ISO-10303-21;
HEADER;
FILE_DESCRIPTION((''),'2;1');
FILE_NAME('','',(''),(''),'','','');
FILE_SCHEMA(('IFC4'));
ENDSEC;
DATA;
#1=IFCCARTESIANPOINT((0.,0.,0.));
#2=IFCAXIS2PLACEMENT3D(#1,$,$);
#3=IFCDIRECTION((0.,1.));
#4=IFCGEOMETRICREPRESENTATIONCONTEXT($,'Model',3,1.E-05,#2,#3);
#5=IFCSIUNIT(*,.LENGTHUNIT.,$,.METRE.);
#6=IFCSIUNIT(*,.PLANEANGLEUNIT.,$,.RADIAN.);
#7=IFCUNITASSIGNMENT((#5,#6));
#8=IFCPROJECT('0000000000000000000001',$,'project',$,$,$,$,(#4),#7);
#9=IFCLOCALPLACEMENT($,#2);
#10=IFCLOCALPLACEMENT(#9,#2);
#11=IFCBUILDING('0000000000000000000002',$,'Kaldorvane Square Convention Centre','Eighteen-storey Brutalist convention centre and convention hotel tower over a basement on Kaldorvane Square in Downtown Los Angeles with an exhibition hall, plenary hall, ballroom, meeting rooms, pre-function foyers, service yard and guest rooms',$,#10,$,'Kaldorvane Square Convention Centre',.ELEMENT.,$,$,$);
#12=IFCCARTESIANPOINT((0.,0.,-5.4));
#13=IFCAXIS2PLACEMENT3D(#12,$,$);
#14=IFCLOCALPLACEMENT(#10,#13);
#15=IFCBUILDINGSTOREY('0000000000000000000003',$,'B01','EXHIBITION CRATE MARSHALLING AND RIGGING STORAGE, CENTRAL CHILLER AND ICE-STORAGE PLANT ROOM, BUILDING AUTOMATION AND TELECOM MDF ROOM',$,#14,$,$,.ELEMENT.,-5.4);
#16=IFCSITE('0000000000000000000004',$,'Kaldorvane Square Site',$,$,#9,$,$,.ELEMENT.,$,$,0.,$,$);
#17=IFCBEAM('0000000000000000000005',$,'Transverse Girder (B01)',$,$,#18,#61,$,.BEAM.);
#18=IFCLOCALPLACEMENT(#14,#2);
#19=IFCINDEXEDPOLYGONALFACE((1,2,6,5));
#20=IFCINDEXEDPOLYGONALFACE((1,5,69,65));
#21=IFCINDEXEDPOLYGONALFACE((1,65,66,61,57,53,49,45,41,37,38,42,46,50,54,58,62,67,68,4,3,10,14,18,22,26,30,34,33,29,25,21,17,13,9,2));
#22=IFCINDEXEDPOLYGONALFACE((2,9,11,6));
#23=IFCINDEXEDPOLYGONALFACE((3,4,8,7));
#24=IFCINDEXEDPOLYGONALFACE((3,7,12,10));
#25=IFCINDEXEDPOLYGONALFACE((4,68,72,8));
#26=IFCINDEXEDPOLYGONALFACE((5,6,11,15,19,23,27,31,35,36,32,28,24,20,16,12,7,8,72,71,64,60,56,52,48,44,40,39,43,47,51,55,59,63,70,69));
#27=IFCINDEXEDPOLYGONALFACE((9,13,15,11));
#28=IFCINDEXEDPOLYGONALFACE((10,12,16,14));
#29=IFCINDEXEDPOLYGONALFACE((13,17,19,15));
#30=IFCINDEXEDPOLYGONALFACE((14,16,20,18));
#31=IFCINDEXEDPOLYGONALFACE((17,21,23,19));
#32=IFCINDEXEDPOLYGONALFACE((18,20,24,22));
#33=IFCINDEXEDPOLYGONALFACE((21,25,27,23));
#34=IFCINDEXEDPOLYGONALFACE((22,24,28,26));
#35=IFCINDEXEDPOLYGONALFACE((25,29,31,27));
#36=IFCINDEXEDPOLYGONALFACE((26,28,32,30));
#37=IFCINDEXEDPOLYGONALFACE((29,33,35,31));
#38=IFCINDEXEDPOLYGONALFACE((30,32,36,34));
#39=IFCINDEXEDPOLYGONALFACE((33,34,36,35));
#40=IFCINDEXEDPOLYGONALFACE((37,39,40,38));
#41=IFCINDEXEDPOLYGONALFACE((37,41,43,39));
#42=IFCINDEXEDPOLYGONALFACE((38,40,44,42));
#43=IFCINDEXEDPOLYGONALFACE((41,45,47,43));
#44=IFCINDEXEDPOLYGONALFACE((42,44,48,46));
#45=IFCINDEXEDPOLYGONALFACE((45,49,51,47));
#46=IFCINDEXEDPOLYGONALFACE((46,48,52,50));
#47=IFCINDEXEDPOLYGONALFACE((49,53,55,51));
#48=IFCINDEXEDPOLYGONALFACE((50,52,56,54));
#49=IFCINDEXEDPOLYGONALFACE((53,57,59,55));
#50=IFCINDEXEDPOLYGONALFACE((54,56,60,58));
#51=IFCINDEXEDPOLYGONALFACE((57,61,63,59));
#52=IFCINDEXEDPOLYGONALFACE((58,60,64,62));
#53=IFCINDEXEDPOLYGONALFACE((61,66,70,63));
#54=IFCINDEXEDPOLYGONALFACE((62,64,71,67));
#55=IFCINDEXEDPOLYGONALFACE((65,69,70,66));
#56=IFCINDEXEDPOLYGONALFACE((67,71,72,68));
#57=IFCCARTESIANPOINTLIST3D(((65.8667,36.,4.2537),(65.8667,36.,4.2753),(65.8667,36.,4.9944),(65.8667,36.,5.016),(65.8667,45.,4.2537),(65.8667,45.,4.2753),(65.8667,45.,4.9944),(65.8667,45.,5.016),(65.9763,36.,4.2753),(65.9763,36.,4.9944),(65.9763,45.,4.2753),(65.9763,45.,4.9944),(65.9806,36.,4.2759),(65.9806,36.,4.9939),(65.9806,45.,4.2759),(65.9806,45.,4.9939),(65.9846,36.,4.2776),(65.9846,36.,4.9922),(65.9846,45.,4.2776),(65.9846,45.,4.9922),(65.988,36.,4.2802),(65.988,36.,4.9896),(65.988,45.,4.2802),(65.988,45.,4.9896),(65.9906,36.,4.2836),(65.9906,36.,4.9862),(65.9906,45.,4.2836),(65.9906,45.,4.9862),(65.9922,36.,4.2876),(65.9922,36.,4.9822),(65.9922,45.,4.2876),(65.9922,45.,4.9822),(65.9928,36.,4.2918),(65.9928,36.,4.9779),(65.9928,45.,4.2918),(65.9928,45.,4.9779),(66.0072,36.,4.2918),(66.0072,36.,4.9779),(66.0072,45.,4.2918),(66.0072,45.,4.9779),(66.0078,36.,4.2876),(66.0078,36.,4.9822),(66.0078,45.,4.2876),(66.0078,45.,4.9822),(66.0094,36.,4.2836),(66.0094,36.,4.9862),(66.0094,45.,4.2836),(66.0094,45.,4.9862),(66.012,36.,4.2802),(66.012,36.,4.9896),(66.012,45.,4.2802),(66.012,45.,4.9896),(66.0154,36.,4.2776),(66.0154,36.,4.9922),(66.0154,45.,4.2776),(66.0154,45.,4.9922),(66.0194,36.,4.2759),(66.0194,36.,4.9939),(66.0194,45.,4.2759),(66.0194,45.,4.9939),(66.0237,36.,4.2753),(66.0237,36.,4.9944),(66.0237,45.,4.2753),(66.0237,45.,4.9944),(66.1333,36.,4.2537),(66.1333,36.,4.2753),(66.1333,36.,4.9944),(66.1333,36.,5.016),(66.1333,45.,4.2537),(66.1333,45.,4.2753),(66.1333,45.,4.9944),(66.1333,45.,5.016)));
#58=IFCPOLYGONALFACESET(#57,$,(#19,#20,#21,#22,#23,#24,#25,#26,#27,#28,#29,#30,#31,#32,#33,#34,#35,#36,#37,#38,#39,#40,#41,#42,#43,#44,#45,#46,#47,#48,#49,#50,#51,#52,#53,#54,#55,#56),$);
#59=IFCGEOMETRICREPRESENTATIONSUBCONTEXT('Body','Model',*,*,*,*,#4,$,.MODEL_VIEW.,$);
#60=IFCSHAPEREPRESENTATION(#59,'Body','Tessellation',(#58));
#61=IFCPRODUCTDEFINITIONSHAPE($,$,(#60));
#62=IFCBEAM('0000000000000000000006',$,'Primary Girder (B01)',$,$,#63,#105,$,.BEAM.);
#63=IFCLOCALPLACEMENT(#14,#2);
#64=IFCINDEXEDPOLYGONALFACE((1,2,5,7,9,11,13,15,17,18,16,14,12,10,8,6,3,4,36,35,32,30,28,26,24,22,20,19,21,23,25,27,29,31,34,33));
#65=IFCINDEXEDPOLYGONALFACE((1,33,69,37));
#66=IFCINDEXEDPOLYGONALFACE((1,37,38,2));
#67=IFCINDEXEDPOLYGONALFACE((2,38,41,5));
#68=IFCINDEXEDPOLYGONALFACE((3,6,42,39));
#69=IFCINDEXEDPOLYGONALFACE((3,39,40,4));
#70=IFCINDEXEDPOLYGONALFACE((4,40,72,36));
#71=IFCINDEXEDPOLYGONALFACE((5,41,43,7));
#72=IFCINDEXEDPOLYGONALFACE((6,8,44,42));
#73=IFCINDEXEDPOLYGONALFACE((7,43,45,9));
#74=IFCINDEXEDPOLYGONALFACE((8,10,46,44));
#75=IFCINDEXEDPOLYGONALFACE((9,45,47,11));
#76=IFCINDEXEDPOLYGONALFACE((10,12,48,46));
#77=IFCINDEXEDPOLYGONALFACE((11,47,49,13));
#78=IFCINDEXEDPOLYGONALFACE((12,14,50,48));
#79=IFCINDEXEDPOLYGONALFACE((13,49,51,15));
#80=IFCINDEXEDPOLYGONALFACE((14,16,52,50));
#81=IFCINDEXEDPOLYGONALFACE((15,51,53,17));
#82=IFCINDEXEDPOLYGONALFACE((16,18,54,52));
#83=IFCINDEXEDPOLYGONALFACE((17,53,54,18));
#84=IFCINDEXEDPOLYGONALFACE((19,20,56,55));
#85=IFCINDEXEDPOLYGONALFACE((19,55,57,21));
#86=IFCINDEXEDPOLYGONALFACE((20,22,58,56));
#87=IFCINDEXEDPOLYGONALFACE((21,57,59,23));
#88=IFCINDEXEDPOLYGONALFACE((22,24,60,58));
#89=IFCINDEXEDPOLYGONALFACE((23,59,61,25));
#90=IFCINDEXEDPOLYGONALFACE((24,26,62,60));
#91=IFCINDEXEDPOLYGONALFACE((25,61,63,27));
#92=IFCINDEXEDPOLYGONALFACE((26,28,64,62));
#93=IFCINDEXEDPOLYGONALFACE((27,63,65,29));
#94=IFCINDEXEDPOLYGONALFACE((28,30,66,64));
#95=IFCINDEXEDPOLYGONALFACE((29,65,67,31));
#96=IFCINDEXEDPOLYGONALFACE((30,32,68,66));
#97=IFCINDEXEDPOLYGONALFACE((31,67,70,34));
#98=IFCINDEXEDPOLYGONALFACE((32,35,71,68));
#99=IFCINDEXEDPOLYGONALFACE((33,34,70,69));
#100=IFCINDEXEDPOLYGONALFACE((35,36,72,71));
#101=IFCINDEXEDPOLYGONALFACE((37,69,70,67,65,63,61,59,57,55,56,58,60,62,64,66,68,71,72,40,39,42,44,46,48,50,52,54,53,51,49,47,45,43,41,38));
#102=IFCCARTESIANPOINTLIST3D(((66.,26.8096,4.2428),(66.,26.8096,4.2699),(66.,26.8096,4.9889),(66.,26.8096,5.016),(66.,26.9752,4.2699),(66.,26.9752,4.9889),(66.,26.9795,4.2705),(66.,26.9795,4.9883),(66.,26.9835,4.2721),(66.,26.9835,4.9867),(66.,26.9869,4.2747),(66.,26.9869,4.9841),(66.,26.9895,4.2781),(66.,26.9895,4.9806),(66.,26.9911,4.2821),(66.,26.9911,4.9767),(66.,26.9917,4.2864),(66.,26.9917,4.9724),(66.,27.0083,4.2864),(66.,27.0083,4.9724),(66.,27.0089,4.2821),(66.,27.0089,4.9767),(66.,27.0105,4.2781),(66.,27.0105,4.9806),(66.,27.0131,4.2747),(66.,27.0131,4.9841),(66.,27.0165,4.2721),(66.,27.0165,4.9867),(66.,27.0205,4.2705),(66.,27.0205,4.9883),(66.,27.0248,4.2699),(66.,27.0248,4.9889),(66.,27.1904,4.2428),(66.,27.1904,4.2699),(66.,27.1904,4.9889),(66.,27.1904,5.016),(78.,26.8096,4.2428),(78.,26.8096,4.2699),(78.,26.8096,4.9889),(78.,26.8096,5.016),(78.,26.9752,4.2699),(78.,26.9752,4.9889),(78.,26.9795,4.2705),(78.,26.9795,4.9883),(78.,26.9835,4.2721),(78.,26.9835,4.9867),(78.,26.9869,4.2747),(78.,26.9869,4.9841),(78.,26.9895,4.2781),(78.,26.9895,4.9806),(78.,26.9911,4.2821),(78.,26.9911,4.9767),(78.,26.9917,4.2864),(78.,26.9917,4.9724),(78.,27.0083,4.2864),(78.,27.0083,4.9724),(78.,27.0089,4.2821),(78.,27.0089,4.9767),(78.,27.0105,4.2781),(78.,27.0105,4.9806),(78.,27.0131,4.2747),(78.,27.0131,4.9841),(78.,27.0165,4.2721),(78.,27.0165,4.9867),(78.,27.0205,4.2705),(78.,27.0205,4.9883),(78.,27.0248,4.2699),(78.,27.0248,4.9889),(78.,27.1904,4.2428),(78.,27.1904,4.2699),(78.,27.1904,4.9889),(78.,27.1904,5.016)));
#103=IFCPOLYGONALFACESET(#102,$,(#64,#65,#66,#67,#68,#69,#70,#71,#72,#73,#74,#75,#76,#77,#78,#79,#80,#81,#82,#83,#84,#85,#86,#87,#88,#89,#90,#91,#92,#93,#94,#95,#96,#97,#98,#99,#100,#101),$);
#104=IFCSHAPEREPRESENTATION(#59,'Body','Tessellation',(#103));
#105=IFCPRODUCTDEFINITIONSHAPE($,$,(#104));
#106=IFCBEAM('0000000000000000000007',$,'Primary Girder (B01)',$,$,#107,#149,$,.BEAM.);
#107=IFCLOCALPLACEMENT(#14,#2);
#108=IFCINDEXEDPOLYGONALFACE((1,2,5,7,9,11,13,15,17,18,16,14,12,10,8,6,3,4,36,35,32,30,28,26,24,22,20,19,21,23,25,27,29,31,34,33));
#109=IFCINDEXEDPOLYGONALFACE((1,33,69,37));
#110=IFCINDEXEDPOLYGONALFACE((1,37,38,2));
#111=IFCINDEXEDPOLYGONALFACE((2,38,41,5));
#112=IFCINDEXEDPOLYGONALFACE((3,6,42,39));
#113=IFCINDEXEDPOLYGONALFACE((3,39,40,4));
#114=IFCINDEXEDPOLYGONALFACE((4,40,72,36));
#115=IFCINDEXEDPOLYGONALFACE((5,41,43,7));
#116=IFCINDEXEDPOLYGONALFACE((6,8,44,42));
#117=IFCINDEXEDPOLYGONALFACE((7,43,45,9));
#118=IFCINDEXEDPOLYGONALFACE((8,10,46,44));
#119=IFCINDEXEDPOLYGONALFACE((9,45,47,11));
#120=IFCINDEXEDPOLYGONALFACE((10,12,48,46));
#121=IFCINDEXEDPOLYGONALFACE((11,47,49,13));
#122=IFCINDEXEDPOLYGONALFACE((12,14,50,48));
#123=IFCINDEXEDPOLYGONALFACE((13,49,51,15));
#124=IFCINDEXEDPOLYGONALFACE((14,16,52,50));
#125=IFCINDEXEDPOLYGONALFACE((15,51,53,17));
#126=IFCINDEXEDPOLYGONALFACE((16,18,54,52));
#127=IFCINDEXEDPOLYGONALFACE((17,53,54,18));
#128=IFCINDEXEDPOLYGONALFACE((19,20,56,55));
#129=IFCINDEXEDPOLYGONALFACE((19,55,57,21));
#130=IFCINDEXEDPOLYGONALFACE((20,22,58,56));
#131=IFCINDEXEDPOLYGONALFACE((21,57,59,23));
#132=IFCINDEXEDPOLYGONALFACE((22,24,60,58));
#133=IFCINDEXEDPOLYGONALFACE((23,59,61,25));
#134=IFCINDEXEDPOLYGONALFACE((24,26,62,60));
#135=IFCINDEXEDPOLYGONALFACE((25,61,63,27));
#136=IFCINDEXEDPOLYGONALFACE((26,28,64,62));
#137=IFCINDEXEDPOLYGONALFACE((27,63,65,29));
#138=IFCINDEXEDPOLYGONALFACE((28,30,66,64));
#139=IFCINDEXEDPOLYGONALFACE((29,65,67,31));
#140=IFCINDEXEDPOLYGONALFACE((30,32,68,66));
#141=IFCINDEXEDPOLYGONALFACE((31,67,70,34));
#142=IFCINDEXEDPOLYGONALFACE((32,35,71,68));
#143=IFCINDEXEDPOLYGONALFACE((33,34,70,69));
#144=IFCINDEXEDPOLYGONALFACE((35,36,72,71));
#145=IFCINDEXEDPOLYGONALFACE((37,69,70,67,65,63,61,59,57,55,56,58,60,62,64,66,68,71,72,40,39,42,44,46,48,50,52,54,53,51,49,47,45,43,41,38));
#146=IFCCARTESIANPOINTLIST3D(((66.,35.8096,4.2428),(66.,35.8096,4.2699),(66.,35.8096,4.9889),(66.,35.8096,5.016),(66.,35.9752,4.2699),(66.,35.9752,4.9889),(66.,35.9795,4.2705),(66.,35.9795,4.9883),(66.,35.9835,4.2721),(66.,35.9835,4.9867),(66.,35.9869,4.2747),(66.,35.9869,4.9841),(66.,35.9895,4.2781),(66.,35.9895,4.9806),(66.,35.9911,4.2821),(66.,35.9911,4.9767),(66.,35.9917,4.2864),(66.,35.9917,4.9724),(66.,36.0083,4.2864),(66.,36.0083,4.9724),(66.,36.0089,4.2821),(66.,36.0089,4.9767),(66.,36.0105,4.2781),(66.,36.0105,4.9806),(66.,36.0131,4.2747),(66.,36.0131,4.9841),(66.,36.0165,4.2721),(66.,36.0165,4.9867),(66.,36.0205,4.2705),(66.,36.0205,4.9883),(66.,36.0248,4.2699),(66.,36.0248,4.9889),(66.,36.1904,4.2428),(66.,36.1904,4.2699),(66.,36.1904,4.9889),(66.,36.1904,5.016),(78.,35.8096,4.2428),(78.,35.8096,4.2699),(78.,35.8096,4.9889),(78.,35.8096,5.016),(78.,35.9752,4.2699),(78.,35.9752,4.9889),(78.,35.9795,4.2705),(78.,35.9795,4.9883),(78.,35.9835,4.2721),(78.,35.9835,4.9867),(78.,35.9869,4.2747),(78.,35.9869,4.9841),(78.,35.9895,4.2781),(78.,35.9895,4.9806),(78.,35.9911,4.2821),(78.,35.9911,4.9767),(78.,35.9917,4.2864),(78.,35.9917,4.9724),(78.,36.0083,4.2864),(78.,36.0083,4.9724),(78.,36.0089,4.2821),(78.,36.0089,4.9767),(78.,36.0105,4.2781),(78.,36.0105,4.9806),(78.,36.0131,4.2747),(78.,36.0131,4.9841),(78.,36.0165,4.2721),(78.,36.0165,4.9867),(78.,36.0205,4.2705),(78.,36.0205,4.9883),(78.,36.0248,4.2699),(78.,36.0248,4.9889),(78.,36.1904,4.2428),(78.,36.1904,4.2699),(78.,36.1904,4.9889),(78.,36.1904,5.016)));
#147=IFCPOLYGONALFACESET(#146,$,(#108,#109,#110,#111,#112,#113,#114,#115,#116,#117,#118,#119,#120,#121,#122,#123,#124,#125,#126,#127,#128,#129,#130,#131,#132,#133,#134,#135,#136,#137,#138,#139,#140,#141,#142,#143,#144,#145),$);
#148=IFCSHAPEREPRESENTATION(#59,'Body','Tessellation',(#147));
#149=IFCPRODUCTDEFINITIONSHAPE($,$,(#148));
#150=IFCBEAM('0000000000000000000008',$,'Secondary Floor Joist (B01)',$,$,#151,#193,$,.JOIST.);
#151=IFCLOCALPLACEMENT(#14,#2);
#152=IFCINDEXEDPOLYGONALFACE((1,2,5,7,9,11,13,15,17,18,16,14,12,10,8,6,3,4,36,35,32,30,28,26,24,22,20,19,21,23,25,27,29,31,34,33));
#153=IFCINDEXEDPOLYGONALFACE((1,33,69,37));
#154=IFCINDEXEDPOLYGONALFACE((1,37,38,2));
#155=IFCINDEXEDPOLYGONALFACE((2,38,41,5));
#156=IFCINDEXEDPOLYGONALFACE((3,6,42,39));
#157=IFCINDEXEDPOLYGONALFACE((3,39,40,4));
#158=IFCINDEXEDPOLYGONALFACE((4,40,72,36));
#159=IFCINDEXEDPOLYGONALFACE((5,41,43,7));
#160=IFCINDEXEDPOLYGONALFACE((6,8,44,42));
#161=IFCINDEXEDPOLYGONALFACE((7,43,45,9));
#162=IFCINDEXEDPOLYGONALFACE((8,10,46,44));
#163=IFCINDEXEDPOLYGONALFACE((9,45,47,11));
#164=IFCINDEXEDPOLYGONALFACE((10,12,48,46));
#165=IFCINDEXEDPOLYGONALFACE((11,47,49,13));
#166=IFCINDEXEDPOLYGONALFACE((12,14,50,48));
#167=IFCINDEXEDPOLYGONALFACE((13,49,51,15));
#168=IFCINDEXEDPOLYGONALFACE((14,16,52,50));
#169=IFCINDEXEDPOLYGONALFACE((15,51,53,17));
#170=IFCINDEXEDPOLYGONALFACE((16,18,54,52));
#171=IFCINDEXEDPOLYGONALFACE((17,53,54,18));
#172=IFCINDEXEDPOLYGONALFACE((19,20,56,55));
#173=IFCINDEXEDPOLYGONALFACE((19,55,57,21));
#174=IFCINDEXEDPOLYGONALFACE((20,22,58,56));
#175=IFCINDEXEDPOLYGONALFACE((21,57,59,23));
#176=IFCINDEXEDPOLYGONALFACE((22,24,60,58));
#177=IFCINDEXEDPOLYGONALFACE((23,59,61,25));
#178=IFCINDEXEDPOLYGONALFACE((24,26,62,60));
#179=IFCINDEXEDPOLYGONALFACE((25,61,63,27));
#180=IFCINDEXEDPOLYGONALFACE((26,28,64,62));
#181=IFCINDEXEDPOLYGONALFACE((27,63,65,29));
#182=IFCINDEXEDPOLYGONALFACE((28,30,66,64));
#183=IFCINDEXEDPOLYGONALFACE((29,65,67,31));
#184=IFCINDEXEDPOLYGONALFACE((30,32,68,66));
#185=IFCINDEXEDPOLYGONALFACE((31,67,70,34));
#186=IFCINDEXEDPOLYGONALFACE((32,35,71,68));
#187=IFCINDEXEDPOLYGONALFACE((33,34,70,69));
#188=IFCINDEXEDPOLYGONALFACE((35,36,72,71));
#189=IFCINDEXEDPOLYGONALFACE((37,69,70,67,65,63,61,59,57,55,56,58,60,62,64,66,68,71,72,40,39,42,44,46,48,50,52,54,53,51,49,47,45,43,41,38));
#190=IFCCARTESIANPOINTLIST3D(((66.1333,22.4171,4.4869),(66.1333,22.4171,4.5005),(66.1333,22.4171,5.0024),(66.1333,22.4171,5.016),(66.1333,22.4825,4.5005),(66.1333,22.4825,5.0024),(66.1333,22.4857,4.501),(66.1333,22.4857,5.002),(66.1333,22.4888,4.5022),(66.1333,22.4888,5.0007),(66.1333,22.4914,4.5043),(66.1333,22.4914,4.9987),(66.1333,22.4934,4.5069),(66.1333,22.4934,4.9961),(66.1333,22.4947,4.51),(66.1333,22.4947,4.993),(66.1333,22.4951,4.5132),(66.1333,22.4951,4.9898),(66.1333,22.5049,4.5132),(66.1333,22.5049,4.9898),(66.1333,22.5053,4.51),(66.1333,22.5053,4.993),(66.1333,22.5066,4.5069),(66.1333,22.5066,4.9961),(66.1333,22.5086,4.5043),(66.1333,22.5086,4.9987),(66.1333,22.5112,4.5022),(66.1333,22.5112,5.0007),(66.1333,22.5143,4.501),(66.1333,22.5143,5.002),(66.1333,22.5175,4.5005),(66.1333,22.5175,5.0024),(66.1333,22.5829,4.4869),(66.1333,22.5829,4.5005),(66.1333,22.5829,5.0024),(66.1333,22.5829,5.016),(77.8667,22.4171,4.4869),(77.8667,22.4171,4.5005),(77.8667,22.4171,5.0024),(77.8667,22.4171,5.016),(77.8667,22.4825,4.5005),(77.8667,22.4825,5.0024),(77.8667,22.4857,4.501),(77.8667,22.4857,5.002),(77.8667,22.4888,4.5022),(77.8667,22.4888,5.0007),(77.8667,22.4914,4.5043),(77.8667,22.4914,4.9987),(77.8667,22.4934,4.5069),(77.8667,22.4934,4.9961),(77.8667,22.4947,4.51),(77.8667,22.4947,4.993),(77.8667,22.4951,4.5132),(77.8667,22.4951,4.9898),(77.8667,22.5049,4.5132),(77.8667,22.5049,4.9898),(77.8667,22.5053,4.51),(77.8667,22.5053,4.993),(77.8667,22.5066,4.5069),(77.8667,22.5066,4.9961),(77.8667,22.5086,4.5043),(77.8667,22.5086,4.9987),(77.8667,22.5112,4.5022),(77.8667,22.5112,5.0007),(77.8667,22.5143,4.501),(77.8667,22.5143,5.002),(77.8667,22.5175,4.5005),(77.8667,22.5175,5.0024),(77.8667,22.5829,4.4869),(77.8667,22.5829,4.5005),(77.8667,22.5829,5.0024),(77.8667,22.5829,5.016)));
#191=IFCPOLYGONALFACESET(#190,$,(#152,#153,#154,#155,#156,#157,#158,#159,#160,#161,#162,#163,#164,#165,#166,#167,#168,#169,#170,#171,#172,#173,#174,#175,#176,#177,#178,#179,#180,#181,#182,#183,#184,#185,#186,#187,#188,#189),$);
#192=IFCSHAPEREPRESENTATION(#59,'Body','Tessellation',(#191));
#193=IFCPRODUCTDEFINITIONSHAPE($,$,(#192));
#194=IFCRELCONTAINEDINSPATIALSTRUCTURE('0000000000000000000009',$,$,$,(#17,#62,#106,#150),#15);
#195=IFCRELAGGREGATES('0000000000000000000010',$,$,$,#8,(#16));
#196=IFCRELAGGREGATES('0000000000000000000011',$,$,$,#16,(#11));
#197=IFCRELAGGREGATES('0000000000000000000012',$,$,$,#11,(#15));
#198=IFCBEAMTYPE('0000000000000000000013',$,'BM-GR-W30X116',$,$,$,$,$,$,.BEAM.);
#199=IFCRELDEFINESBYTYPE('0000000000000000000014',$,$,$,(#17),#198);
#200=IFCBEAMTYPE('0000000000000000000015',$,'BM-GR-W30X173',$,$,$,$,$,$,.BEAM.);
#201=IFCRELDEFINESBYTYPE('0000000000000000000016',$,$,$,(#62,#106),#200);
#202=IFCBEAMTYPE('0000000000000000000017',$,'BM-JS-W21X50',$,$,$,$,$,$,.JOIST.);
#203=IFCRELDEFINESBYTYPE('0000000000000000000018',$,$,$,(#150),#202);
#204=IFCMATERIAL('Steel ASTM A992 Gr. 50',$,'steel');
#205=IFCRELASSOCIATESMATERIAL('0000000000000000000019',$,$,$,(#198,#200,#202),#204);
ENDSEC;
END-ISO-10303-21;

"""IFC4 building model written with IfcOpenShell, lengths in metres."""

from ifc_helpers import new_model, si_unit, direction, frame, origin, origin_2d, place, context, subcontext, project, spatial, i_section, extrude, material, material_profile, profile_set, type_object, element, save


model = new_model("IFC4")

# Units and contexts
model_context = context("Model", 3, precision=1e-05, world=origin(), true_north=direction((0.0, 1.0)))
body_context = subcontext(model_context, "Body", "Model", "MODEL_VIEW")
ifc_project = project(units=[si_unit("LENGTHUNIT", "METRE"), si_unit("PLANEANGLEUNIT", "RADIAN")], contexts=[model_context])

# Site, building, storey
site_placement = place(None, origin())
site = spatial("IfcSite", under=ifc_project, at=site_placement, Name="Kaldorvane Square Site", CompositionType="ELEMENT", RefElevation=0.0)
building_placement = place(site_placement, origin())
building = spatial("IfcBuilding", under=site, at=building_placement, Name="Kaldorvane Square Convention Centre", Description="Eighteen-storey Brutalist convention centre and convention hotel tower over a basement on Kaldorvane Square in Downtown Los Angeles with an exhibition hall, plenary hall, ballroom, meeting rooms, pre-function foyers, service yard and guest rooms", LongName="Kaldorvane Square Convention Centre", CompositionType="ELEMENT")
storey_placement = place(building_placement, frame((0.0, 0.0, -5.4)))
storey = spatial("IfcBuildingStorey", under=building, at=storey_placement, Name="B01", Description="EXHIBITION CRATE MARSHALLING AND RIGGING STORAGE, CENTRAL CHILLER AND ICE-STORAGE PLANT ROOM, BUILDING AUTOMATION AND TELECOM MDF ROOM", CompositionType="ELEMENT", Elevation=-5.4)

# Shared definitions
ifc_material_1 = material(Name="Steel ASTM A992 Gr. 50", Category="steel")

# Beams
ifc_material_profile_1 = material_profile(ifc_material_1, i_section(OverallWidth=0.2666, OverallDepth=0.7623, WebThickness=0.0144, FlangeThickness=0.0216, FilletRadius=0.0165, at=origin_2d()), Name="W30X116")
ifc_profile_set_1 = profile_set([ifc_material_profile_1], Name="Steel ASTM A992 Gr. 50")
beam_type_1 = type_object("IfcBeamType", Name="BM-GR-W30X116", PredefinedType="BEAM", material=ifc_profile_set_1)
for number, where, z_axis, x_axis, name in (
    (1, (66.0, 36.0, 4.6349), (0.0, 1.0, 0.0), (-1.0, 0.0, 0.0), "Transverse Girder (B01)"),
):
    element("IfcBeam", number, at=place(storey_placement, frame(where, z_axis=z_axis, x_axis=x_axis)), inside=storey, type_object=beam_type_1, Name=name, PredefinedType="BEAM", context=body_context, shape_type="SweptSolid", body=[
        extrude(i_section(OverallWidth=0.2666, OverallDepth=0.7623, WebThickness=0.0144, FlangeThickness=0.0216, FilletRadius=0.0165, at=origin_2d()), origin(), (0.0, 0.0, 1.0), 9.0),
    ])
ifc_material_profile_2 = material_profile(ifc_material_1, i_section(OverallWidth=0.3807, OverallDepth=0.7732, WebThickness=0.0166, FlangeThickness=0.0271, FilletRadius=0.0165, at=origin_2d()), Name="W30X173")
ifc_profile_set_2 = profile_set([ifc_material_profile_2], Name="Steel ASTM A992 Gr. 50")
beam_type_2 = type_object("IfcBeamType", Name="BM-GR-W30X173", PredefinedType="BEAM", material=ifc_profile_set_2)
for number, where, z_axis, x_axis, name in (
    (2, (66.0, 27.0, 4.6294), (1.0, 0.0, 0.0), (0.0, 1.0, 0.0), "Primary Girder (B01)"),
    (3, (66.0, 36.0, 4.6294), (1.0, 0.0, 0.0), (0.0, 1.0, 0.0), "Primary Girder (B01)"),
):
    element("IfcBeam", number, at=place(storey_placement, frame(where, z_axis=z_axis, x_axis=x_axis)), inside=storey, type_object=beam_type_2, Name=name, PredefinedType="BEAM", context=body_context, shape_type="SweptSolid", body=[
        extrude(i_section(OverallWidth=0.3807, OverallDepth=0.7732, WebThickness=0.0166, FlangeThickness=0.0271, FilletRadius=0.0165, at=origin_2d()), origin(), (0.0, 0.0, 1.0), 12.0),
    ])
ifc_material_profile_3 = material_profile(ifc_material_1, i_section(OverallWidth=0.1659, OverallDepth=0.5291, WebThickness=0.0097, FlangeThickness=0.0136, FilletRadius=0.0127, at=origin_2d()), Name="W21X50")
ifc_profile_set_3 = profile_set([ifc_material_profile_3], Name="Steel ASTM A992 Gr. 50")
beam_type_3 = type_object("IfcBeamType", Name="BM-JS-W21X50", PredefinedType="JOIST", material=ifc_profile_set_3)
for number, where, z_axis, x_axis, name in (
    (4, (66.1333, 22.5, 4.7515), (1.0, 0.0, 0.0), (0.0, 1.0, 0.0), "Secondary Floor Joist (B01)"),
):
    element("IfcBeam", number, at=place(storey_placement, frame(where, z_axis=z_axis, x_axis=x_axis)), inside=storey, type_object=beam_type_3, Name=name, PredefinedType="JOIST", context=body_context, shape_type="SweptSolid", body=[
        extrude(i_section(OverallWidth=0.1659, OverallDepth=0.5291, WebThickness=0.0097, FlangeThickness=0.0136, FilletRadius=0.0127, at=origin_2d()), origin(), (0.0, 0.0, 1.0), 11.7334),
    ])

save(model, "model.ifc")
